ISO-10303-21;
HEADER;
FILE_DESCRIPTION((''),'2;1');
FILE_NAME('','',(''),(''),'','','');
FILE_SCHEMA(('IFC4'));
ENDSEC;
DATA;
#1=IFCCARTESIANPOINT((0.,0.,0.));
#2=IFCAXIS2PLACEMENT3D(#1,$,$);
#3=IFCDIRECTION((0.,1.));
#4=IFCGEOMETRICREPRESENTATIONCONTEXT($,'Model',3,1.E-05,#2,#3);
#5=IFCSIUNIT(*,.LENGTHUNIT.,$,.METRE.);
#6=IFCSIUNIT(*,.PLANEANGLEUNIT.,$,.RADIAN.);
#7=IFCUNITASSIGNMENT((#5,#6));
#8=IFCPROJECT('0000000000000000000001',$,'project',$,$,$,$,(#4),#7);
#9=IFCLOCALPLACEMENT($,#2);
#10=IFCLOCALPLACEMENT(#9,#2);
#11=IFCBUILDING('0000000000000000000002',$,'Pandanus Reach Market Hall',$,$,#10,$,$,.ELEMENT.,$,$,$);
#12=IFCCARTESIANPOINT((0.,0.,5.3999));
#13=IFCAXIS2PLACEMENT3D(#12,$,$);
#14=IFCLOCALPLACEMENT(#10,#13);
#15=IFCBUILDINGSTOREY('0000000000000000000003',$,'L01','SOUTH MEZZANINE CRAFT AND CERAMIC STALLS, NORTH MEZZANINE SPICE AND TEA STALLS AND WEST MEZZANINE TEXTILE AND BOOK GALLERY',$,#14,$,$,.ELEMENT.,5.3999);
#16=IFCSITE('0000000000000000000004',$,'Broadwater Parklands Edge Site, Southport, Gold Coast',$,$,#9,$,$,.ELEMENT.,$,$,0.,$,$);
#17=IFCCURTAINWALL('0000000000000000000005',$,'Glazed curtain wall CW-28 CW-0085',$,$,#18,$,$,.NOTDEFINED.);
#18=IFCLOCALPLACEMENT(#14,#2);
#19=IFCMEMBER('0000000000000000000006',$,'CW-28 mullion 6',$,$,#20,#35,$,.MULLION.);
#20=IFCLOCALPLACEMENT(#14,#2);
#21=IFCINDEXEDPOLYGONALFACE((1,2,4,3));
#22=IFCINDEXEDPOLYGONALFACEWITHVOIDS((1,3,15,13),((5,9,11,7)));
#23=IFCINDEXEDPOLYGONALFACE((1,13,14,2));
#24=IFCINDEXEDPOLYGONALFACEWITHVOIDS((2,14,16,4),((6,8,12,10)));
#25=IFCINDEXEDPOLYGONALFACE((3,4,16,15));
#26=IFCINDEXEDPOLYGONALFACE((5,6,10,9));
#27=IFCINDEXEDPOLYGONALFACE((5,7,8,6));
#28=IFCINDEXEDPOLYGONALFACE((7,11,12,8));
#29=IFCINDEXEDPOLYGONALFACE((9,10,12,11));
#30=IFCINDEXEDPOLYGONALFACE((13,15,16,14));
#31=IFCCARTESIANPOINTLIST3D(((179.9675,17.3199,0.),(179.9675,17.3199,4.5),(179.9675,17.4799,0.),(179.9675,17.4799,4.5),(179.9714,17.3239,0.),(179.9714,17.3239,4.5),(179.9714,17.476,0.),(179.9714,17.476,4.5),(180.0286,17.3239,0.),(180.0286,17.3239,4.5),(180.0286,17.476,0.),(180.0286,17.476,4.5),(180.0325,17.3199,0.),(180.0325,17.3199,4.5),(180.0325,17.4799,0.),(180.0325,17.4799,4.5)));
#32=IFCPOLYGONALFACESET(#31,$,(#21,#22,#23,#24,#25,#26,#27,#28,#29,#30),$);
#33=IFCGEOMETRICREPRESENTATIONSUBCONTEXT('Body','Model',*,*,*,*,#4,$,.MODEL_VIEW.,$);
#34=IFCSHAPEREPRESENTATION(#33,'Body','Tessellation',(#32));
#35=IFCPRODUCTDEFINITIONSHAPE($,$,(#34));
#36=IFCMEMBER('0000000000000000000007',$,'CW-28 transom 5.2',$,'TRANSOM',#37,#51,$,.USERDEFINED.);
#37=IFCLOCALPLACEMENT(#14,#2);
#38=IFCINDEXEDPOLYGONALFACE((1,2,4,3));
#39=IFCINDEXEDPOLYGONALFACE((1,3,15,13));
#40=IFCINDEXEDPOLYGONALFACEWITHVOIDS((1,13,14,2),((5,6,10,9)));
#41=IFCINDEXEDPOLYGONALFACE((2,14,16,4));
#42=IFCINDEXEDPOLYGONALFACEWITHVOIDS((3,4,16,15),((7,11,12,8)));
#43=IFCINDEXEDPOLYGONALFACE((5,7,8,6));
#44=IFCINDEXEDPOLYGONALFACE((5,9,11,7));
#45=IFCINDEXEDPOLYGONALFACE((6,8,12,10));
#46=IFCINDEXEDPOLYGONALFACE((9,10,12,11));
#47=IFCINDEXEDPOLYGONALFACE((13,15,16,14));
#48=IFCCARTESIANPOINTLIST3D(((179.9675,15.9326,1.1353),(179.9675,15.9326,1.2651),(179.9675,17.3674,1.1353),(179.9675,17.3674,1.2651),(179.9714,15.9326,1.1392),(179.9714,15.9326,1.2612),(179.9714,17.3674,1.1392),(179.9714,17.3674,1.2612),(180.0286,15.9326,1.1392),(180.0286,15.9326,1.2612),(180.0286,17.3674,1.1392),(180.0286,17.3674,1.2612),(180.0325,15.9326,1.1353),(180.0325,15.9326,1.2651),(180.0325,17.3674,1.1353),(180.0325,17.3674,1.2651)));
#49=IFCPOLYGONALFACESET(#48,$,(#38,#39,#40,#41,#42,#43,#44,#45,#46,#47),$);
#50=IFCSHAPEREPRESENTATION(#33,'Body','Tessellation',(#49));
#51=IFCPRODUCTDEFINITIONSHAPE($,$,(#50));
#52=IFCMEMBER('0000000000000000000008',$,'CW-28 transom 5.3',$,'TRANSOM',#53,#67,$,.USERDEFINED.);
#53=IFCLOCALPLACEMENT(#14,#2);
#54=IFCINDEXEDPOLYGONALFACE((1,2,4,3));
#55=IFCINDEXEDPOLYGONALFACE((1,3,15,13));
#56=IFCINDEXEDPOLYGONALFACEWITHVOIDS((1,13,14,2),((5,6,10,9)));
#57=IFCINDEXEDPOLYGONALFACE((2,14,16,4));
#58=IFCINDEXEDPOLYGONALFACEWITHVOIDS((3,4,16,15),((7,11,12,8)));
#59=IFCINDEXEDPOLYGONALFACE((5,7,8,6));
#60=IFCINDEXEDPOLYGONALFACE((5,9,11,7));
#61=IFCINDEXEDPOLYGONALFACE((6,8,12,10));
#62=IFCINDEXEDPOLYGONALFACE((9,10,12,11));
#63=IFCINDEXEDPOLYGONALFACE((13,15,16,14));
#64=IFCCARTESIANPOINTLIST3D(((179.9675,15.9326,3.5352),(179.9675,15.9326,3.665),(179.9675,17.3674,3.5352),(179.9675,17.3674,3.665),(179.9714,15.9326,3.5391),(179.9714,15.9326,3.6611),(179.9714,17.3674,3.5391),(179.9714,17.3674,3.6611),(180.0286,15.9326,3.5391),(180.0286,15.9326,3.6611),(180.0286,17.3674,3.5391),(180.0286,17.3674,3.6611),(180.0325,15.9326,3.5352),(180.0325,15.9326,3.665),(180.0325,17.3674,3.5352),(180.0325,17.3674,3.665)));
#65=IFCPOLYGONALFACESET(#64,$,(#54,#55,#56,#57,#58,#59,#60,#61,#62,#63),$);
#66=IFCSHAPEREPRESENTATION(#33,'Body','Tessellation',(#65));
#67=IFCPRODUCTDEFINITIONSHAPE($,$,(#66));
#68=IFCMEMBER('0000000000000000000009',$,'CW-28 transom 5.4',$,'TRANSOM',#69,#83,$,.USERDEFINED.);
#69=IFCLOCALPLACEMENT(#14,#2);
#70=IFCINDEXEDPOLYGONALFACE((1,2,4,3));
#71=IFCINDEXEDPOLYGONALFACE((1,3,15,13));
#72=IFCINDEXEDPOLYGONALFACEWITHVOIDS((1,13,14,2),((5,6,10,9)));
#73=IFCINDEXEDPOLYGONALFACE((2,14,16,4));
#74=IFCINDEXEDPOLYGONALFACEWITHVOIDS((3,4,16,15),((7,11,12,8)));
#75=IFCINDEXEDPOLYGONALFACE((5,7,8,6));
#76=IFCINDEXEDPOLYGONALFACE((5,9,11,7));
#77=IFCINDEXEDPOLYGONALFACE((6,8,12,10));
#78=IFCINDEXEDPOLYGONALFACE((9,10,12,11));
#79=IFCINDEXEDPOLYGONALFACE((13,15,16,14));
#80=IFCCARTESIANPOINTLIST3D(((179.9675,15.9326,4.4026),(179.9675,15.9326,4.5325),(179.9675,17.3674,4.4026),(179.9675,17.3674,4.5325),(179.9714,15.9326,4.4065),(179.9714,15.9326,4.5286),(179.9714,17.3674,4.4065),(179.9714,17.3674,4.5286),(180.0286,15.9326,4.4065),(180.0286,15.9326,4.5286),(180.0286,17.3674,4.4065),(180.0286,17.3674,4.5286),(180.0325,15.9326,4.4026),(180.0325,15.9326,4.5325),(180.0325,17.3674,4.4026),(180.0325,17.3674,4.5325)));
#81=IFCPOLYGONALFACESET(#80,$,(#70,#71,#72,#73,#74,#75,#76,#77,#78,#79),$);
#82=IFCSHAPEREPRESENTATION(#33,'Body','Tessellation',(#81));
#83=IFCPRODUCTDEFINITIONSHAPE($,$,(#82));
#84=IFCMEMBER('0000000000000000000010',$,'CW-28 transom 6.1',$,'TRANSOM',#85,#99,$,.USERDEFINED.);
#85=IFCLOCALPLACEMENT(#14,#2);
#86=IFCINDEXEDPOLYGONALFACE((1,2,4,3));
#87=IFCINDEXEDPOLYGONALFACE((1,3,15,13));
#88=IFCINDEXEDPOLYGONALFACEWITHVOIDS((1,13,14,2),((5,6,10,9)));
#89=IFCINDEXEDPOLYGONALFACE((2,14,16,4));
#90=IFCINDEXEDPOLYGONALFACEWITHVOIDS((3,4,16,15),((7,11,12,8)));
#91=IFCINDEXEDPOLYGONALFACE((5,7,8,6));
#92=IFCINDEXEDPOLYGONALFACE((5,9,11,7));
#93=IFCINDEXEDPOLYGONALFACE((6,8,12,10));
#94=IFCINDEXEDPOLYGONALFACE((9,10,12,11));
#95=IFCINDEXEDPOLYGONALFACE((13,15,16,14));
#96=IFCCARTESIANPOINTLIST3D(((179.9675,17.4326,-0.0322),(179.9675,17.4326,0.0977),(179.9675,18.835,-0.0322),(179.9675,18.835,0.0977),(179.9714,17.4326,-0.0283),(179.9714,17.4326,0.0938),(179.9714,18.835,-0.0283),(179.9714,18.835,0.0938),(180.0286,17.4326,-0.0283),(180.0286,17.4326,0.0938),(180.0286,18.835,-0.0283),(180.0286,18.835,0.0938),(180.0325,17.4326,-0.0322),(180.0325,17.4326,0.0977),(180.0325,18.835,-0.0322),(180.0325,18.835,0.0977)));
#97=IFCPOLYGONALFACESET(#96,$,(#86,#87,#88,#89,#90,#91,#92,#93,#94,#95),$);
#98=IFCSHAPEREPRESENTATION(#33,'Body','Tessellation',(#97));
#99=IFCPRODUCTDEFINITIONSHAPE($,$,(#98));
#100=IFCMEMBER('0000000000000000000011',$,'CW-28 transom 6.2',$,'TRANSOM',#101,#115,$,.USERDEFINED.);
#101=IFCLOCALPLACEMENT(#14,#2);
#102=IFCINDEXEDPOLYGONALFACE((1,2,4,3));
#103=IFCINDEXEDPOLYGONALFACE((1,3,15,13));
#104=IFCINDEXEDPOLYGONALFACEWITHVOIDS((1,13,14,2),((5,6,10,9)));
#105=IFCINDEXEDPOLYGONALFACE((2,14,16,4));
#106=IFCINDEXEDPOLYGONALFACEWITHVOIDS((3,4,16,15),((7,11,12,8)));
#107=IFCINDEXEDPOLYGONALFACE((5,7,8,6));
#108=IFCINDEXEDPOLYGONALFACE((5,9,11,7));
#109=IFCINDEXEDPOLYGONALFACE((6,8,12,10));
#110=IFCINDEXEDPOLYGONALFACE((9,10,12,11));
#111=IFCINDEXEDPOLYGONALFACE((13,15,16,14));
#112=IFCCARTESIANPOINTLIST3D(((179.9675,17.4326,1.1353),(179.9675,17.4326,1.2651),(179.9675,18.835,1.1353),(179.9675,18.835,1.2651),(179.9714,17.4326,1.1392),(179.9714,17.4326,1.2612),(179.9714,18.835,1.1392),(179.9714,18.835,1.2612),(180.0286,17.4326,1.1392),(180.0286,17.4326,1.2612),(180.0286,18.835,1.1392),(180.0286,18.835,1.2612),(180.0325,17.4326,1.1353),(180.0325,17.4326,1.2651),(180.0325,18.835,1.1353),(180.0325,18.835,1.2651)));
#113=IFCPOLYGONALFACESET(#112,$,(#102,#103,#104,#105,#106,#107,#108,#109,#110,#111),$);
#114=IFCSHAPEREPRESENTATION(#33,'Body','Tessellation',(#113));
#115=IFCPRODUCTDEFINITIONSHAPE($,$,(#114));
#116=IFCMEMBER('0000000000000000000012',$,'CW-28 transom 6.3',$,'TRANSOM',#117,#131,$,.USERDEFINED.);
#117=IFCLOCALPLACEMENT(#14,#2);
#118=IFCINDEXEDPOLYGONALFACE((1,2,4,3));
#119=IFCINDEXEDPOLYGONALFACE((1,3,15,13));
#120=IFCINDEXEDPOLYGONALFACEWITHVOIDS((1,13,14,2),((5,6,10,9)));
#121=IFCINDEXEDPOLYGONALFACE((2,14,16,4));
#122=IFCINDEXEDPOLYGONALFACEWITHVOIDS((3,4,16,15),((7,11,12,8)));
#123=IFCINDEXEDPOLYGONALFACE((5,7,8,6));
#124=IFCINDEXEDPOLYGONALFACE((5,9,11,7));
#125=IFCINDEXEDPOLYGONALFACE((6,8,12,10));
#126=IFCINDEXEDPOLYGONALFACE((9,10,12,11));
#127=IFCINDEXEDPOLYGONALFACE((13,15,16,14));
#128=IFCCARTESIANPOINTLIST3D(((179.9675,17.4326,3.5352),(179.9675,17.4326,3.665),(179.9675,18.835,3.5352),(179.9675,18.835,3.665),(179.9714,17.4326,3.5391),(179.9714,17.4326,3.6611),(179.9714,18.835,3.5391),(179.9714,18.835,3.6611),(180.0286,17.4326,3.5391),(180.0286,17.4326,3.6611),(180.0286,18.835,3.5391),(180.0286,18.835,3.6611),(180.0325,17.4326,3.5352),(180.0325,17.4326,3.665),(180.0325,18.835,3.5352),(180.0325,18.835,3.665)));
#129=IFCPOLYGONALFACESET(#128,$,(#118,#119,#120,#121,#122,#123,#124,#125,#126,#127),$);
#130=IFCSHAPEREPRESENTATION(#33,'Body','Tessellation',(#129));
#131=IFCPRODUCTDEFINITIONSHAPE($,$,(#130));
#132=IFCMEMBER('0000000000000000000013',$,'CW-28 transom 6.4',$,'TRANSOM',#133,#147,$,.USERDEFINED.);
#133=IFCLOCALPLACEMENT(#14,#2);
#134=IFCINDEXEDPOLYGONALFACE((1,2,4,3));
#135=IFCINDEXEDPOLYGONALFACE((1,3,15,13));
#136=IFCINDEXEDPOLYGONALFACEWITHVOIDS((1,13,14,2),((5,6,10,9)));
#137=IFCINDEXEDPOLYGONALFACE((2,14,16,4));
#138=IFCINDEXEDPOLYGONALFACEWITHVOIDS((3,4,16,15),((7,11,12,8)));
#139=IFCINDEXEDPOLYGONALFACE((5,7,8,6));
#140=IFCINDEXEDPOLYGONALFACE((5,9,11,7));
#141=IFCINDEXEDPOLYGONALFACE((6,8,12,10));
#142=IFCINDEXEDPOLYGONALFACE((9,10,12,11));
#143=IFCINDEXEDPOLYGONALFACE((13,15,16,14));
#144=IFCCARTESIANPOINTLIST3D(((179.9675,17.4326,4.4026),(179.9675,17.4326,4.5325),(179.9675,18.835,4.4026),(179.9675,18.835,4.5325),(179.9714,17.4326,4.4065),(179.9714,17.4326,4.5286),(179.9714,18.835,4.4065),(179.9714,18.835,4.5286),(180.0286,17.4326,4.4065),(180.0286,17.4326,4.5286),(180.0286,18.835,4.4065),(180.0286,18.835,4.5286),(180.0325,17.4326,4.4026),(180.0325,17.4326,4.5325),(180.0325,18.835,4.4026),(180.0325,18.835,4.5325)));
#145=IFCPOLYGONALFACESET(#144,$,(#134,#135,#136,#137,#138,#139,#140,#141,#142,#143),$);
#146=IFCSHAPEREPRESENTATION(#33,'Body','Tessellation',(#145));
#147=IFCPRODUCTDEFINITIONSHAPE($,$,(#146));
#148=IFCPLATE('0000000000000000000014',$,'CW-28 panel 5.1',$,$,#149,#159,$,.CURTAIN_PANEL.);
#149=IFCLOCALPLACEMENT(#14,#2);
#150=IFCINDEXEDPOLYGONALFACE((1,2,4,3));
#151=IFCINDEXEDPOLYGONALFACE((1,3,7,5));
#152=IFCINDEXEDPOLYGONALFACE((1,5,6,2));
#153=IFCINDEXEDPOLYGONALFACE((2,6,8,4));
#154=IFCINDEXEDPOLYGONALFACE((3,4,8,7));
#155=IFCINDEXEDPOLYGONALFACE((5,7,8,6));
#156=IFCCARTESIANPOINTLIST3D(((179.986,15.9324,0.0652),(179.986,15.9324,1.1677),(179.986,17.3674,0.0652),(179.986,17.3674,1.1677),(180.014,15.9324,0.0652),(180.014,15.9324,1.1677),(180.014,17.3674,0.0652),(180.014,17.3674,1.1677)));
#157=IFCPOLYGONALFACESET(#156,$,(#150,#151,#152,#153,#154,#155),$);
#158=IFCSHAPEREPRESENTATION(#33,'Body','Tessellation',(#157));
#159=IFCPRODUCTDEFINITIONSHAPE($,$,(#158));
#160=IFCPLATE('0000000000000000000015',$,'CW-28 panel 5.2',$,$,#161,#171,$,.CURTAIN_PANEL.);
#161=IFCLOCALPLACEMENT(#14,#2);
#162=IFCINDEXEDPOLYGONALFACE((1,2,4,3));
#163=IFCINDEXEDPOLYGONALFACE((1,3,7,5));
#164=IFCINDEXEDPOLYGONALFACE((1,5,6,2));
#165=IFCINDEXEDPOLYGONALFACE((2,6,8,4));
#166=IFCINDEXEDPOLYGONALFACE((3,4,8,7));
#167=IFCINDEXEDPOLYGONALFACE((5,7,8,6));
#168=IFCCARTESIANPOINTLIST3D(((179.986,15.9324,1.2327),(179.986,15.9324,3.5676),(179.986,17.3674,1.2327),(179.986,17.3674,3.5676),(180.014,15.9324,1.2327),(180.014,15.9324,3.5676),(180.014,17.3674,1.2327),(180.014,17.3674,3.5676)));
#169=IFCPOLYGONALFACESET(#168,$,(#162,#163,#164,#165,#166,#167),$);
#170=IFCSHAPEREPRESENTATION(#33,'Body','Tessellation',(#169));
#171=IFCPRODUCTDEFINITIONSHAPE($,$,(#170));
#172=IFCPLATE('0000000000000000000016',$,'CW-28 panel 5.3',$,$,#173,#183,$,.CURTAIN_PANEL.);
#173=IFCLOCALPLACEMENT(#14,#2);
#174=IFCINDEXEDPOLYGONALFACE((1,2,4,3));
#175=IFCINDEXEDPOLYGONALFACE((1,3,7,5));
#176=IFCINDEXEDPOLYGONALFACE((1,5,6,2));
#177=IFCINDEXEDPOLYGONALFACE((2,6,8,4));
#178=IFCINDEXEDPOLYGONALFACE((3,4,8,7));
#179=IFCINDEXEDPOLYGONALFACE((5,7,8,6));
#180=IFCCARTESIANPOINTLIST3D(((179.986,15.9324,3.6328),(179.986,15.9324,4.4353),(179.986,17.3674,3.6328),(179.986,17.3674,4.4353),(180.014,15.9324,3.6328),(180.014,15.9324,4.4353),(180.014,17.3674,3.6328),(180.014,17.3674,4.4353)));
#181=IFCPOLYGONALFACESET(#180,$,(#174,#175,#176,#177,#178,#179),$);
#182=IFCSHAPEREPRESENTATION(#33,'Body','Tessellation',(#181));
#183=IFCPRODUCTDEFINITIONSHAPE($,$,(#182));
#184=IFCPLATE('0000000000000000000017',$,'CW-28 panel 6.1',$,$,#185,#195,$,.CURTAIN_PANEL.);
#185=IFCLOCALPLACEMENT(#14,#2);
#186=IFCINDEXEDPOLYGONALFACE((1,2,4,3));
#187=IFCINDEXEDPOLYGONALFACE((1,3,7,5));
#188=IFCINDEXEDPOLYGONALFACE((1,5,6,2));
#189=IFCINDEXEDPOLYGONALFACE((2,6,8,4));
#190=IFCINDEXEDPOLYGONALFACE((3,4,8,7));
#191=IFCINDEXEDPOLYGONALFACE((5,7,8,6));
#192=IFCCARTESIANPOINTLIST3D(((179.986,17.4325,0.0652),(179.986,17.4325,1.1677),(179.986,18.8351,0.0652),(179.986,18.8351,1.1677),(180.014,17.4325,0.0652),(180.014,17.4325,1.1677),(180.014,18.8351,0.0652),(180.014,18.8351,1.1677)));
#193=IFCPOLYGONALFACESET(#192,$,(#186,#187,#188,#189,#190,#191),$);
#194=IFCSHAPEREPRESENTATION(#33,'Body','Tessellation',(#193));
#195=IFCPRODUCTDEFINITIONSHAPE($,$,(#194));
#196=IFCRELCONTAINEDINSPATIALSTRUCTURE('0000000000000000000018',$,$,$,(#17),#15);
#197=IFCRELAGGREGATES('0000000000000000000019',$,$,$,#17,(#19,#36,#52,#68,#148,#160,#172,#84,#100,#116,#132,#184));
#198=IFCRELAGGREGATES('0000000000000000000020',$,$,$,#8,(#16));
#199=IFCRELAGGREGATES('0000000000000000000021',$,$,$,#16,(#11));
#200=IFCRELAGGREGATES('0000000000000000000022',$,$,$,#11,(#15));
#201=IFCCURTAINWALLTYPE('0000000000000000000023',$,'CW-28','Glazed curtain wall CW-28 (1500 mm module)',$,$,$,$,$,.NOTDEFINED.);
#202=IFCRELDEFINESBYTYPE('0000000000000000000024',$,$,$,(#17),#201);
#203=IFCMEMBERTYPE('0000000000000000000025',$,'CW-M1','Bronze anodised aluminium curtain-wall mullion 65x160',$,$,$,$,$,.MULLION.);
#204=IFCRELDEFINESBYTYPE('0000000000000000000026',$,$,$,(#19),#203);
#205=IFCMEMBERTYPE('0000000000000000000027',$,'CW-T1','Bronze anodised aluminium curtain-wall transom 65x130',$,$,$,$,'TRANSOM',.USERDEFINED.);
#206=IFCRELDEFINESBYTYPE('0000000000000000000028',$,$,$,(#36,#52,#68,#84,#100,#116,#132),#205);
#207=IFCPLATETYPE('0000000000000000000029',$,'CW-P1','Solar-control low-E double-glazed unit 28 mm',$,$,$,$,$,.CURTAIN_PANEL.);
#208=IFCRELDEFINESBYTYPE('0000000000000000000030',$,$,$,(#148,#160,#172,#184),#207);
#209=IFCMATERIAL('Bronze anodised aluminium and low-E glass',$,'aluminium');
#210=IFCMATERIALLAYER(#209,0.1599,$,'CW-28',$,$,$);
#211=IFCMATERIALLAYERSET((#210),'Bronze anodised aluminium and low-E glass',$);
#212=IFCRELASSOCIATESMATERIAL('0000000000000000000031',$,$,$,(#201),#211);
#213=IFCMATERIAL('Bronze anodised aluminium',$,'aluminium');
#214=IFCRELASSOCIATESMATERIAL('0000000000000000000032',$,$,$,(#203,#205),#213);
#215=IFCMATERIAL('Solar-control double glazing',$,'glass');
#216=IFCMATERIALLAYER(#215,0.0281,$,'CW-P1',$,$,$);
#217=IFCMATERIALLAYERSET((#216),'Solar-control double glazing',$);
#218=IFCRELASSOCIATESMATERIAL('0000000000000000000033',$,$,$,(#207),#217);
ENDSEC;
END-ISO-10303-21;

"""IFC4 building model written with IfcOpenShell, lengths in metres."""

from ifc_helpers import new_model, si_unit, direction, frame, origin, origin_2d, place, context, subcontext, project, spatial, rectangle, hollow_rectangle, extrude, material, layer, layer_set, material_profile, profile_set, type_object, element, aggregate, save


model = new_model("IFC4")

# Units and contexts
model_context = context("Model", 3, precision=1e-05, world=origin(), true_north=direction((0.0, 1.0)))
body_context = subcontext(model_context, "Body", "Model", "MODEL_VIEW")
ifc_project = project(units=[si_unit("LENGTHUNIT", "METRE"), si_unit("PLANEANGLEUNIT", "RADIAN")], contexts=[model_context])

# Site, building, storey
site_placement = place(None, origin())
site = spatial("IfcSite", under=ifc_project, at=site_placement, Name="Broadwater Parklands Edge Site, Southport, Gold Coast", CompositionType="ELEMENT", RefElevation=0.0)
building_placement = place(site_placement, origin())
building = spatial("IfcBuilding", under=site, at=building_placement, Name="Pandanus Reach Market Hall", CompositionType="ELEMENT")
storey_placement = place(building_placement, frame((0.0, 0.0, 5.3999)))
storey = spatial("IfcBuildingStorey", under=building, at=storey_placement, Name="L01", Description="SOUTH MEZZANINE CRAFT AND CERAMIC STALLS, NORTH MEZZANINE SPICE AND TEA STALLS AND WEST MEZZANINE TEXTILE AND BOOK GALLERY", CompositionType="ELEMENT", Elevation=5.3999)

# Curtain wall, members, plates
ifc_material_1 = material(Name="Bronze anodised aluminium and low-E glass", Category="aluminium")
ifc_layer_1 = layer(ifc_material_1, 0.1599, Name="CW-28")
ifc_layer_set_1 = layer_set([ifc_layer_1], Name="Bronze anodised aluminium and low-E glass")
curtain_wall_type = type_object("IfcCurtainWallType", Name="CW-28", Description="Glazed curtain wall CW-28 (1500 mm module)", PredefinedType="NOTDEFINED", material=ifc_layer_set_1)
curtain_wall_placement = place(storey_placement, origin())
curtain_wall = element("IfcCurtainWall", 1, at=curtain_wall_placement, inside=storey, type_object=curtain_wall_type, Name="Glazed curtain wall CW-28 CW-0085", PredefinedType="NOTDEFINED")
ifc_material_2 = material(Name="Bronze anodised aluminium", Category="aluminium")
ifc_material_profile_1 = material_profile(ifc_material_2, hollow_rectangle(XDim=0.0649, YDim=0.1599, WallThickness=0.0039, at=origin_2d()), Name="ALU65x160", Category="LoadBearing")
ifc_profile_set_1 = profile_set([ifc_material_profile_1], Name="Bronze anodised aluminium")
member_type_1 = type_object("IfcMemberType", Name="CW-M1", Description="Bronze anodised aluminium curtain-wall mullion 65x160", PredefinedType="MULLION", material=ifc_profile_set_1)
member_1_placement = place(storey_placement, frame((180.0, 17.3999, 0.0), z_axis=(0.0, 0.0, 1.0), x_axis=(-1.0, 0.0, 0.0)))
member_1 = element("IfcMember", 2, at=member_1_placement, type_object=member_type_1, Name="CW-28 mullion 6", PredefinedType="MULLION", context=body_context, shape_type="SweptSolid", body=[
    extrude(hollow_rectangle(XDim=0.0649, YDim=0.1599, WallThickness=0.0039, at=origin_2d()), origin(), (0.0, 0.0, 1.0), 4.5),
])
ifc_material_profile_2 = material_profile(ifc_material_2, hollow_rectangle(XDim=0.0649, YDim=0.1299, WallThickness=0.0039, at=origin_2d()), Name="ALU65x130", Category="LoadBearing")
ifc_profile_set_2 = profile_set([ifc_material_profile_2], Name="Bronze anodised aluminium")
member_type_2 = type_object("IfcMemberType", Name="CW-T1", Description="Bronze anodised aluminium curtain-wall transom 65x130", ElementType="TRANSOM", PredefinedType="USERDEFINED", material=ifc_profile_set_2)
member_2_placement = place(storey_placement, frame((180.0, 15.9326, 1.2002), z_axis=(0.0, 1.0, 0.0), x_axis=(-1.0, 0.0, 0.0)))
member_2 = element("IfcMember", 3, at=member_2_placement, type_object=member_type_2, Name="CW-28 transom 5.2", ObjectType="TRANSOM", PredefinedType="USERDEFINED", context=body_context, shape_type="SweptSolid", body=[
    extrude(hollow_rectangle(XDim=0.0649, YDim=0.1299, WallThickness=0.0039, at=origin_2d()), origin(), (0.0, 0.0, 1.0), 1.4348),
])
member_3_placement = place(storey_placement, frame((180.0, 15.9326, 3.6001), z_axis=(0.0, 1.0, 0.0), x_axis=(-1.0, 0.0, 0.0)))
member_3 = element("IfcMember", 4, at=member_3_placement, type_object=member_type_2, Name="CW-28 transom 5.3", ObjectType="TRANSOM", PredefinedType="USERDEFINED", context=body_context, shape_type="SweptSolid", body=[
    extrude(hollow_rectangle(XDim=0.0649, YDim=0.1299, WallThickness=0.0039, at=origin_2d()), origin(), (0.0, 0.0, 1.0), 1.4348),
])
member_4_placement = place(storey_placement, frame((180.0, 15.9326, 4.4675), z_axis=(0.0, 1.0, 0.0), x_axis=(-1.0, 0.0, 0.0)))
member_4 = element("IfcMember", 5, at=member_4_placement, type_object=member_type_2, Name="CW-28 transom 5.4", ObjectType="TRANSOM", PredefinedType="USERDEFINED", context=body_context, shape_type="SweptSolid", body=[
    extrude(hollow_rectangle(XDim=0.0649, YDim=0.1299, WallThickness=0.0039, at=origin_2d()), origin(), (0.0, 0.0, 1.0), 1.4348),
])
member_5_placement = place(storey_placement, frame((180.0, 17.4326, 0.0327), z_axis=(0.0, 1.0, 0.0), x_axis=(-1.0, 0.0, 0.0)))
member_5 = element("IfcMember", 6, at=member_5_placement, type_object=member_type_2, Name="CW-28 transom 6.1", ObjectType="TRANSOM", PredefinedType="USERDEFINED", context=body_context, shape_type="SweptSolid", body=[
    extrude(hollow_rectangle(XDim=0.0649, YDim=0.1299, WallThickness=0.0039, at=origin_2d()), origin(), (0.0, 0.0, 1.0), 1.4023),
])
member_6_placement = place(storey_placement, frame((180.0, 17.4326, 1.2002), z_axis=(0.0, 1.0, 0.0), x_axis=(-1.0, 0.0, 0.0)))
member_6 = element("IfcMember", 7, at=member_6_placement, type_object=member_type_2, Name="CW-28 transom 6.2", ObjectType="TRANSOM", PredefinedType="USERDEFINED", context=body_context, shape_type="SweptSolid", body=[
    extrude(hollow_rectangle(XDim=0.0649, YDim=0.1299, WallThickness=0.0039, at=origin_2d()), origin(), (0.0, 0.0, 1.0), 1.4023),
])
member_7_placement = place(storey_placement, frame((180.0, 17.4326, 3.6001), z_axis=(0.0, 1.0, 0.0), x_axis=(-1.0, 0.0, 0.0)))
member_7 = element("IfcMember", 8, at=member_7_placement, type_object=member_type_2, Name="CW-28 transom 6.3", ObjectType="TRANSOM", PredefinedType="USERDEFINED", context=body_context, shape_type="SweptSolid", body=[
    extrude(hollow_rectangle(XDim=0.0649, YDim=0.1299, WallThickness=0.0039, at=origin_2d()), origin(), (0.0, 0.0, 1.0), 1.4023),
])
member_8_placement = place(storey_placement, frame((180.0, 17.4326, 4.4675), z_axis=(0.0, 1.0, 0.0), x_axis=(-1.0, 0.0, 0.0)))
member_8 = element("IfcMember", 9, at=member_8_placement, type_object=member_type_2, Name="CW-28 transom 6.4", ObjectType="TRANSOM", PredefinedType="USERDEFINED", context=body_context, shape_type="SweptSolid", body=[
    extrude(hollow_rectangle(XDim=0.0649, YDim=0.1299, WallThickness=0.0039, at=origin_2d()), origin(), (0.0, 0.0, 1.0), 1.4023),
])
ifc_material_3 = material(Name="Solar-control double glazing", Category="glass")
ifc_layer_2 = layer(ifc_material_3, 0.0281, Name="CW-P1")
ifc_layer_set_2 = layer_set([ifc_layer_2], Name="Solar-control double glazing")
plate_type = type_object("IfcPlateType", Name="CW-P1", Description="Solar-control low-E double-glazed unit 28 mm", PredefinedType="CURTAIN_PANEL", material=ifc_layer_set_2)
plate_1_placement = place(storey_placement, frame((180.0, 16.6499, 0.0652), z_axis=(0.0, 0.0, 1.0), x_axis=(0.0, 1.0, 0.0)))
plate_1 = element("IfcPlate", 10, at=plate_1_placement, type_object=plate_type, Name="CW-28 panel 5.1", PredefinedType="CURTAIN_PANEL", context=body_context, shape_type="SweptSolid", body=[
    extrude(rectangle(XDim=1.4351, YDim=0.0281, at=origin_2d()), origin(), (0.0, 0.0, 1.0), 1.1025),
])
plate_2_placement = place(storey_placement, frame((180.0, 16.6499, 1.2327), z_axis=(0.0, 0.0, 1.0), x_axis=(0.0, 1.0, 0.0)))
plate_2 = element("IfcPlate", 11, at=plate_2_placement, type_object=plate_type, Name="CW-28 panel 5.2", PredefinedType="CURTAIN_PANEL", context=body_context, shape_type="SweptSolid", body=[
    extrude(rectangle(XDim=1.4351, YDim=0.0281, at=origin_2d()), origin(), (0.0, 0.0, 1.0), 2.335),
])
plate_3_placement = place(storey_placement, frame((180.0, 16.6499, 3.6328), z_axis=(0.0, 0.0, 1.0), x_axis=(0.0, 1.0, 0.0)))
plate_3 = element("IfcPlate", 12, at=plate_3_placement, type_object=plate_type, Name="CW-28 panel 5.3", PredefinedType="CURTAIN_PANEL", context=body_context, shape_type="SweptSolid", body=[
    extrude(rectangle(XDim=1.4351, YDim=0.0281, at=origin_2d()), origin(), (0.0, 0.0, 1.0), 0.8025),
])
plate_4_placement = place(storey_placement, frame((180.0, 18.1338, 0.0652), z_axis=(0.0, 0.0, 1.0), x_axis=(0.0, 1.0, 0.0)))
plate_4 = element("IfcPlate", 13, at=plate_4_placement, type_object=plate_type, Name="CW-28 panel 6.1", PredefinedType="CURTAIN_PANEL", context=body_context, shape_type="SweptSolid", body=[
    extrude(rectangle(XDim=1.4026, YDim=0.0281, at=origin_2d()), origin(), (0.0, 0.0, 1.0), 1.1025),
])
aggregate(curtain_wall, [member_1, member_2, member_3, member_4, plate_1, plate_2, plate_3, member_5, member_6, member_7, member_8, plate_4])

save(model, "model.ifc")
